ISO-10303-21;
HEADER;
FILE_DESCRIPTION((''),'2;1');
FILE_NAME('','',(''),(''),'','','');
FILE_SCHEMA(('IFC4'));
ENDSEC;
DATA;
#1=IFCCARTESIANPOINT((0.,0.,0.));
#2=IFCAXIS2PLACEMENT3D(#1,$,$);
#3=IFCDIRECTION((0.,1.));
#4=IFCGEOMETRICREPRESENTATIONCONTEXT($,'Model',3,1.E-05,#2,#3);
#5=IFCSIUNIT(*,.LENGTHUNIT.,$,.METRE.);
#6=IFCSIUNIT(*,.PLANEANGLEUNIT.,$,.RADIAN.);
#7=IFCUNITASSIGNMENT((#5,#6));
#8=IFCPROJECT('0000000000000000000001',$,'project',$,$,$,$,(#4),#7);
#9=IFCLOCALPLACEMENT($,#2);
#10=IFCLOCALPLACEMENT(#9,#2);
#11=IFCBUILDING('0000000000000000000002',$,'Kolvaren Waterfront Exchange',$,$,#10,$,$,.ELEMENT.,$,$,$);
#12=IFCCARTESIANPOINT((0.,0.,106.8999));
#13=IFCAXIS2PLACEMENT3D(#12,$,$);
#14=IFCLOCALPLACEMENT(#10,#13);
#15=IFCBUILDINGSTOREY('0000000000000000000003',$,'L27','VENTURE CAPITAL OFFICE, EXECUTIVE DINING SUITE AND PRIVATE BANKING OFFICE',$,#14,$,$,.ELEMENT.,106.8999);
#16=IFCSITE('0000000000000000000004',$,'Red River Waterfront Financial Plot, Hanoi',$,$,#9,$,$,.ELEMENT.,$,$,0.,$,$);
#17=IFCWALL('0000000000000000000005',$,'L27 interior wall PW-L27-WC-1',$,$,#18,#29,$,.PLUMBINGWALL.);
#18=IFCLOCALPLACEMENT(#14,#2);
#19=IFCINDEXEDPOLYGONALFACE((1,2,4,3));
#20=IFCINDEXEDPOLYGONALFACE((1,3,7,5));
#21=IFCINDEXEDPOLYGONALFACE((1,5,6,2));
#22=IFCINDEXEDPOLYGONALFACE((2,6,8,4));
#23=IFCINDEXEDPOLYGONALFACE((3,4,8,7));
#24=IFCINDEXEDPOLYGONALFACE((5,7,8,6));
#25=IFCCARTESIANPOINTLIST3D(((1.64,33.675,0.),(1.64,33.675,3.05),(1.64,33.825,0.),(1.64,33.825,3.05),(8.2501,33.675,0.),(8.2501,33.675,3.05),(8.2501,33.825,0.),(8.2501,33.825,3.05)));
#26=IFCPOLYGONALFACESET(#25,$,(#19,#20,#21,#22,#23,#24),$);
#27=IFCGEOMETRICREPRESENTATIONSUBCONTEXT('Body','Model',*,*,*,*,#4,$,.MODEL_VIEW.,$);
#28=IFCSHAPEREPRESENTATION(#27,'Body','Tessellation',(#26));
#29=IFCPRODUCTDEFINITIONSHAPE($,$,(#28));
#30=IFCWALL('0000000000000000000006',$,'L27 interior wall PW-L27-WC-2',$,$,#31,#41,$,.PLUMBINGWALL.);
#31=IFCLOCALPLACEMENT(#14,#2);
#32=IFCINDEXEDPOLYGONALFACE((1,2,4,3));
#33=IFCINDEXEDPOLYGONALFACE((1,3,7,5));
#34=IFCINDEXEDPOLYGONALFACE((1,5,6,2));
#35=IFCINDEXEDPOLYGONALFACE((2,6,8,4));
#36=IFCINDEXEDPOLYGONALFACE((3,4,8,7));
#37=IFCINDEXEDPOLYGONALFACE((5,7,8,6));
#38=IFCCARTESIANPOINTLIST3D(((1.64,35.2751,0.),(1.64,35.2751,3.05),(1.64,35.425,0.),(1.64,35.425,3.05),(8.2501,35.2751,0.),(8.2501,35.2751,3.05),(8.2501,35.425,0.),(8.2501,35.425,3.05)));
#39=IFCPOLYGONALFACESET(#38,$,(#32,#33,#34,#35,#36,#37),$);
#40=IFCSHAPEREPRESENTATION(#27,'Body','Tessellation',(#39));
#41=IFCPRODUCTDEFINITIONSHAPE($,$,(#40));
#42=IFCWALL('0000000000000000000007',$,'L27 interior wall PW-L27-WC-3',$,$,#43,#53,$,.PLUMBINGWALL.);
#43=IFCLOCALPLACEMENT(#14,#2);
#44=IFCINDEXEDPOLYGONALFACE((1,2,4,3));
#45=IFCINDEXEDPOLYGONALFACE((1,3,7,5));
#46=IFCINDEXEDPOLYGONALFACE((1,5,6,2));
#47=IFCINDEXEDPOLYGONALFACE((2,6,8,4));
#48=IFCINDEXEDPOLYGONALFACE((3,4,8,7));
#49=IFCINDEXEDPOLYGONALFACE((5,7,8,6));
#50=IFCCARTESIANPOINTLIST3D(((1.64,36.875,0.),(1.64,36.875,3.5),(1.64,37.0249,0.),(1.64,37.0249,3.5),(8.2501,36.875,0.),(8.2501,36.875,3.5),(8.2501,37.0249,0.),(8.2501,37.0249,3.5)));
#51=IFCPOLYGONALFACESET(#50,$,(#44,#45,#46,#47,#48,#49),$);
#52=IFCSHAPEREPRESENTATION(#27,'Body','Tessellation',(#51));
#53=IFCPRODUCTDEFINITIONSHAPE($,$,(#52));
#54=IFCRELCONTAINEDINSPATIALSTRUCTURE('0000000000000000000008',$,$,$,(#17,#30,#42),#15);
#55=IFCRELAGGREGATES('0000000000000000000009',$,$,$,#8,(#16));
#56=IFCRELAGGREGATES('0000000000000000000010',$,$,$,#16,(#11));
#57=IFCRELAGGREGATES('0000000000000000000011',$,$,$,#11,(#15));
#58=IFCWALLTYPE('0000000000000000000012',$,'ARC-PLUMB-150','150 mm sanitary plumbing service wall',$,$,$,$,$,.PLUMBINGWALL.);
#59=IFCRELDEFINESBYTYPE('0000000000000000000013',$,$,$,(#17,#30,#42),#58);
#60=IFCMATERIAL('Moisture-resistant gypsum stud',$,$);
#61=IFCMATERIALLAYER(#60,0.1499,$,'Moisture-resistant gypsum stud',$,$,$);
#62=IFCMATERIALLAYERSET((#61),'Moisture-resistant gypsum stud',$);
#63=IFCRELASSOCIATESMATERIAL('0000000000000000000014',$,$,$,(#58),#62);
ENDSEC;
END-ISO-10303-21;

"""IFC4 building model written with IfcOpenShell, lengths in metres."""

from ifc_helpers import new_model, si_unit, direction, frame, frame_2d, origin, place, context, subcontext, project, spatial, rectangle, extrude, material, layer, layer_set, type_object, element, save


model = new_model("IFC4")

# Units and contexts
model_context = context("Model", 3, precision=1e-05, world=origin(), true_north=direction((0.0, 1.0)))
body_context = subcontext(model_context, "Body", "Model", "MODEL_VIEW")
ifc_project = project(units=[si_unit("LENGTHUNIT", "METRE"), si_unit("PLANEANGLEUNIT", "RADIAN")], contexts=[model_context])

# Site, building, storey
site_placement = place(None, origin())
site = spatial("IfcSite", under=ifc_project, at=site_placement, Name="Red River Waterfront Financial Plot, Hanoi", CompositionType="ELEMENT", RefElevation=0.0)
building_placement = place(site_placement, origin())
building = spatial("IfcBuilding", under=site, at=building_placement, Name="Kolvaren Waterfront Exchange", CompositionType="ELEMENT")
storey_placement = place(building_placement, frame((0.0, 0.0, 106.8999)))
storey = spatial("IfcBuildingStorey", under=building, at=storey_placement, Name="L27", Description="VENTURE CAPITAL OFFICE, EXECUTIVE DINING SUITE AND PRIVATE BANKING OFFICE", CompositionType="ELEMENT", Elevation=106.8999)

# Shared definitions
ifc_material_1 = material(Name="Moisture-resistant gypsum stud")
ifc_layer_1 = layer(ifc_material_1, 0.1499, Name="Moisture-resistant gypsum stud")
ifc_layer_set_1 = layer_set([ifc_layer_1], Name="Moisture-resistant gypsum stud")
wall_type_1 = type_object("IfcWallType", Name="ARC-PLUMB-150", Description="150 mm sanitary plumbing service wall", PredefinedType="PLUMBINGWALL", material=ifc_layer_set_1)

# Walls
for number, where, z_axis, x_axis, name in (
    (1, (1.6399, 33.75, 0.0), (0.0, 0.0, 1.0), (1.0, 0.0, 0.0), "L27 interior wall PW-L27-WC-1"),
    (2, (1.6399, 35.3501, 0.0), (0.0, 0.0, 1.0), (1.0, 0.0, 0.0), "L27 interior wall PW-L27-WC-2"),
):
    element("IfcWall", number, at=place(storey_placement, frame(where, z_axis=z_axis, x_axis=x_axis)), inside=storey, type_object=wall_type_1, Name=name, PredefinedType="PLUMBINGWALL", context=body_context, shape_type="SweptSolid", body=[
        extrude(rectangle(XDim=6.6101, YDim=0.1499, at=frame_2d((3.3052, 0.0))), origin(), (0.0, 0.0, 1.0), 3.05),
    ])
wall_1_placement = place(storey_placement, frame((1.6399, 36.95, 0.0), z_axis=(0.0, 0.0, 1.0), x_axis=(1.0, 0.0, 0.0)))
element("IfcWall", 3, at=wall_1_placement, inside=storey, type_object=wall_type_1, Name="L27 interior wall PW-L27-WC-3", PredefinedType="PLUMBINGWALL", context=body_context, shape_type="SweptSolid", body=[
    extrude(rectangle(XDim=6.6101, YDim=0.1499, at=frame_2d((3.3052, 0.0))), origin(), (0.0, 0.0, 1.0), 3.5),
])

save(model, "model.ifc")
